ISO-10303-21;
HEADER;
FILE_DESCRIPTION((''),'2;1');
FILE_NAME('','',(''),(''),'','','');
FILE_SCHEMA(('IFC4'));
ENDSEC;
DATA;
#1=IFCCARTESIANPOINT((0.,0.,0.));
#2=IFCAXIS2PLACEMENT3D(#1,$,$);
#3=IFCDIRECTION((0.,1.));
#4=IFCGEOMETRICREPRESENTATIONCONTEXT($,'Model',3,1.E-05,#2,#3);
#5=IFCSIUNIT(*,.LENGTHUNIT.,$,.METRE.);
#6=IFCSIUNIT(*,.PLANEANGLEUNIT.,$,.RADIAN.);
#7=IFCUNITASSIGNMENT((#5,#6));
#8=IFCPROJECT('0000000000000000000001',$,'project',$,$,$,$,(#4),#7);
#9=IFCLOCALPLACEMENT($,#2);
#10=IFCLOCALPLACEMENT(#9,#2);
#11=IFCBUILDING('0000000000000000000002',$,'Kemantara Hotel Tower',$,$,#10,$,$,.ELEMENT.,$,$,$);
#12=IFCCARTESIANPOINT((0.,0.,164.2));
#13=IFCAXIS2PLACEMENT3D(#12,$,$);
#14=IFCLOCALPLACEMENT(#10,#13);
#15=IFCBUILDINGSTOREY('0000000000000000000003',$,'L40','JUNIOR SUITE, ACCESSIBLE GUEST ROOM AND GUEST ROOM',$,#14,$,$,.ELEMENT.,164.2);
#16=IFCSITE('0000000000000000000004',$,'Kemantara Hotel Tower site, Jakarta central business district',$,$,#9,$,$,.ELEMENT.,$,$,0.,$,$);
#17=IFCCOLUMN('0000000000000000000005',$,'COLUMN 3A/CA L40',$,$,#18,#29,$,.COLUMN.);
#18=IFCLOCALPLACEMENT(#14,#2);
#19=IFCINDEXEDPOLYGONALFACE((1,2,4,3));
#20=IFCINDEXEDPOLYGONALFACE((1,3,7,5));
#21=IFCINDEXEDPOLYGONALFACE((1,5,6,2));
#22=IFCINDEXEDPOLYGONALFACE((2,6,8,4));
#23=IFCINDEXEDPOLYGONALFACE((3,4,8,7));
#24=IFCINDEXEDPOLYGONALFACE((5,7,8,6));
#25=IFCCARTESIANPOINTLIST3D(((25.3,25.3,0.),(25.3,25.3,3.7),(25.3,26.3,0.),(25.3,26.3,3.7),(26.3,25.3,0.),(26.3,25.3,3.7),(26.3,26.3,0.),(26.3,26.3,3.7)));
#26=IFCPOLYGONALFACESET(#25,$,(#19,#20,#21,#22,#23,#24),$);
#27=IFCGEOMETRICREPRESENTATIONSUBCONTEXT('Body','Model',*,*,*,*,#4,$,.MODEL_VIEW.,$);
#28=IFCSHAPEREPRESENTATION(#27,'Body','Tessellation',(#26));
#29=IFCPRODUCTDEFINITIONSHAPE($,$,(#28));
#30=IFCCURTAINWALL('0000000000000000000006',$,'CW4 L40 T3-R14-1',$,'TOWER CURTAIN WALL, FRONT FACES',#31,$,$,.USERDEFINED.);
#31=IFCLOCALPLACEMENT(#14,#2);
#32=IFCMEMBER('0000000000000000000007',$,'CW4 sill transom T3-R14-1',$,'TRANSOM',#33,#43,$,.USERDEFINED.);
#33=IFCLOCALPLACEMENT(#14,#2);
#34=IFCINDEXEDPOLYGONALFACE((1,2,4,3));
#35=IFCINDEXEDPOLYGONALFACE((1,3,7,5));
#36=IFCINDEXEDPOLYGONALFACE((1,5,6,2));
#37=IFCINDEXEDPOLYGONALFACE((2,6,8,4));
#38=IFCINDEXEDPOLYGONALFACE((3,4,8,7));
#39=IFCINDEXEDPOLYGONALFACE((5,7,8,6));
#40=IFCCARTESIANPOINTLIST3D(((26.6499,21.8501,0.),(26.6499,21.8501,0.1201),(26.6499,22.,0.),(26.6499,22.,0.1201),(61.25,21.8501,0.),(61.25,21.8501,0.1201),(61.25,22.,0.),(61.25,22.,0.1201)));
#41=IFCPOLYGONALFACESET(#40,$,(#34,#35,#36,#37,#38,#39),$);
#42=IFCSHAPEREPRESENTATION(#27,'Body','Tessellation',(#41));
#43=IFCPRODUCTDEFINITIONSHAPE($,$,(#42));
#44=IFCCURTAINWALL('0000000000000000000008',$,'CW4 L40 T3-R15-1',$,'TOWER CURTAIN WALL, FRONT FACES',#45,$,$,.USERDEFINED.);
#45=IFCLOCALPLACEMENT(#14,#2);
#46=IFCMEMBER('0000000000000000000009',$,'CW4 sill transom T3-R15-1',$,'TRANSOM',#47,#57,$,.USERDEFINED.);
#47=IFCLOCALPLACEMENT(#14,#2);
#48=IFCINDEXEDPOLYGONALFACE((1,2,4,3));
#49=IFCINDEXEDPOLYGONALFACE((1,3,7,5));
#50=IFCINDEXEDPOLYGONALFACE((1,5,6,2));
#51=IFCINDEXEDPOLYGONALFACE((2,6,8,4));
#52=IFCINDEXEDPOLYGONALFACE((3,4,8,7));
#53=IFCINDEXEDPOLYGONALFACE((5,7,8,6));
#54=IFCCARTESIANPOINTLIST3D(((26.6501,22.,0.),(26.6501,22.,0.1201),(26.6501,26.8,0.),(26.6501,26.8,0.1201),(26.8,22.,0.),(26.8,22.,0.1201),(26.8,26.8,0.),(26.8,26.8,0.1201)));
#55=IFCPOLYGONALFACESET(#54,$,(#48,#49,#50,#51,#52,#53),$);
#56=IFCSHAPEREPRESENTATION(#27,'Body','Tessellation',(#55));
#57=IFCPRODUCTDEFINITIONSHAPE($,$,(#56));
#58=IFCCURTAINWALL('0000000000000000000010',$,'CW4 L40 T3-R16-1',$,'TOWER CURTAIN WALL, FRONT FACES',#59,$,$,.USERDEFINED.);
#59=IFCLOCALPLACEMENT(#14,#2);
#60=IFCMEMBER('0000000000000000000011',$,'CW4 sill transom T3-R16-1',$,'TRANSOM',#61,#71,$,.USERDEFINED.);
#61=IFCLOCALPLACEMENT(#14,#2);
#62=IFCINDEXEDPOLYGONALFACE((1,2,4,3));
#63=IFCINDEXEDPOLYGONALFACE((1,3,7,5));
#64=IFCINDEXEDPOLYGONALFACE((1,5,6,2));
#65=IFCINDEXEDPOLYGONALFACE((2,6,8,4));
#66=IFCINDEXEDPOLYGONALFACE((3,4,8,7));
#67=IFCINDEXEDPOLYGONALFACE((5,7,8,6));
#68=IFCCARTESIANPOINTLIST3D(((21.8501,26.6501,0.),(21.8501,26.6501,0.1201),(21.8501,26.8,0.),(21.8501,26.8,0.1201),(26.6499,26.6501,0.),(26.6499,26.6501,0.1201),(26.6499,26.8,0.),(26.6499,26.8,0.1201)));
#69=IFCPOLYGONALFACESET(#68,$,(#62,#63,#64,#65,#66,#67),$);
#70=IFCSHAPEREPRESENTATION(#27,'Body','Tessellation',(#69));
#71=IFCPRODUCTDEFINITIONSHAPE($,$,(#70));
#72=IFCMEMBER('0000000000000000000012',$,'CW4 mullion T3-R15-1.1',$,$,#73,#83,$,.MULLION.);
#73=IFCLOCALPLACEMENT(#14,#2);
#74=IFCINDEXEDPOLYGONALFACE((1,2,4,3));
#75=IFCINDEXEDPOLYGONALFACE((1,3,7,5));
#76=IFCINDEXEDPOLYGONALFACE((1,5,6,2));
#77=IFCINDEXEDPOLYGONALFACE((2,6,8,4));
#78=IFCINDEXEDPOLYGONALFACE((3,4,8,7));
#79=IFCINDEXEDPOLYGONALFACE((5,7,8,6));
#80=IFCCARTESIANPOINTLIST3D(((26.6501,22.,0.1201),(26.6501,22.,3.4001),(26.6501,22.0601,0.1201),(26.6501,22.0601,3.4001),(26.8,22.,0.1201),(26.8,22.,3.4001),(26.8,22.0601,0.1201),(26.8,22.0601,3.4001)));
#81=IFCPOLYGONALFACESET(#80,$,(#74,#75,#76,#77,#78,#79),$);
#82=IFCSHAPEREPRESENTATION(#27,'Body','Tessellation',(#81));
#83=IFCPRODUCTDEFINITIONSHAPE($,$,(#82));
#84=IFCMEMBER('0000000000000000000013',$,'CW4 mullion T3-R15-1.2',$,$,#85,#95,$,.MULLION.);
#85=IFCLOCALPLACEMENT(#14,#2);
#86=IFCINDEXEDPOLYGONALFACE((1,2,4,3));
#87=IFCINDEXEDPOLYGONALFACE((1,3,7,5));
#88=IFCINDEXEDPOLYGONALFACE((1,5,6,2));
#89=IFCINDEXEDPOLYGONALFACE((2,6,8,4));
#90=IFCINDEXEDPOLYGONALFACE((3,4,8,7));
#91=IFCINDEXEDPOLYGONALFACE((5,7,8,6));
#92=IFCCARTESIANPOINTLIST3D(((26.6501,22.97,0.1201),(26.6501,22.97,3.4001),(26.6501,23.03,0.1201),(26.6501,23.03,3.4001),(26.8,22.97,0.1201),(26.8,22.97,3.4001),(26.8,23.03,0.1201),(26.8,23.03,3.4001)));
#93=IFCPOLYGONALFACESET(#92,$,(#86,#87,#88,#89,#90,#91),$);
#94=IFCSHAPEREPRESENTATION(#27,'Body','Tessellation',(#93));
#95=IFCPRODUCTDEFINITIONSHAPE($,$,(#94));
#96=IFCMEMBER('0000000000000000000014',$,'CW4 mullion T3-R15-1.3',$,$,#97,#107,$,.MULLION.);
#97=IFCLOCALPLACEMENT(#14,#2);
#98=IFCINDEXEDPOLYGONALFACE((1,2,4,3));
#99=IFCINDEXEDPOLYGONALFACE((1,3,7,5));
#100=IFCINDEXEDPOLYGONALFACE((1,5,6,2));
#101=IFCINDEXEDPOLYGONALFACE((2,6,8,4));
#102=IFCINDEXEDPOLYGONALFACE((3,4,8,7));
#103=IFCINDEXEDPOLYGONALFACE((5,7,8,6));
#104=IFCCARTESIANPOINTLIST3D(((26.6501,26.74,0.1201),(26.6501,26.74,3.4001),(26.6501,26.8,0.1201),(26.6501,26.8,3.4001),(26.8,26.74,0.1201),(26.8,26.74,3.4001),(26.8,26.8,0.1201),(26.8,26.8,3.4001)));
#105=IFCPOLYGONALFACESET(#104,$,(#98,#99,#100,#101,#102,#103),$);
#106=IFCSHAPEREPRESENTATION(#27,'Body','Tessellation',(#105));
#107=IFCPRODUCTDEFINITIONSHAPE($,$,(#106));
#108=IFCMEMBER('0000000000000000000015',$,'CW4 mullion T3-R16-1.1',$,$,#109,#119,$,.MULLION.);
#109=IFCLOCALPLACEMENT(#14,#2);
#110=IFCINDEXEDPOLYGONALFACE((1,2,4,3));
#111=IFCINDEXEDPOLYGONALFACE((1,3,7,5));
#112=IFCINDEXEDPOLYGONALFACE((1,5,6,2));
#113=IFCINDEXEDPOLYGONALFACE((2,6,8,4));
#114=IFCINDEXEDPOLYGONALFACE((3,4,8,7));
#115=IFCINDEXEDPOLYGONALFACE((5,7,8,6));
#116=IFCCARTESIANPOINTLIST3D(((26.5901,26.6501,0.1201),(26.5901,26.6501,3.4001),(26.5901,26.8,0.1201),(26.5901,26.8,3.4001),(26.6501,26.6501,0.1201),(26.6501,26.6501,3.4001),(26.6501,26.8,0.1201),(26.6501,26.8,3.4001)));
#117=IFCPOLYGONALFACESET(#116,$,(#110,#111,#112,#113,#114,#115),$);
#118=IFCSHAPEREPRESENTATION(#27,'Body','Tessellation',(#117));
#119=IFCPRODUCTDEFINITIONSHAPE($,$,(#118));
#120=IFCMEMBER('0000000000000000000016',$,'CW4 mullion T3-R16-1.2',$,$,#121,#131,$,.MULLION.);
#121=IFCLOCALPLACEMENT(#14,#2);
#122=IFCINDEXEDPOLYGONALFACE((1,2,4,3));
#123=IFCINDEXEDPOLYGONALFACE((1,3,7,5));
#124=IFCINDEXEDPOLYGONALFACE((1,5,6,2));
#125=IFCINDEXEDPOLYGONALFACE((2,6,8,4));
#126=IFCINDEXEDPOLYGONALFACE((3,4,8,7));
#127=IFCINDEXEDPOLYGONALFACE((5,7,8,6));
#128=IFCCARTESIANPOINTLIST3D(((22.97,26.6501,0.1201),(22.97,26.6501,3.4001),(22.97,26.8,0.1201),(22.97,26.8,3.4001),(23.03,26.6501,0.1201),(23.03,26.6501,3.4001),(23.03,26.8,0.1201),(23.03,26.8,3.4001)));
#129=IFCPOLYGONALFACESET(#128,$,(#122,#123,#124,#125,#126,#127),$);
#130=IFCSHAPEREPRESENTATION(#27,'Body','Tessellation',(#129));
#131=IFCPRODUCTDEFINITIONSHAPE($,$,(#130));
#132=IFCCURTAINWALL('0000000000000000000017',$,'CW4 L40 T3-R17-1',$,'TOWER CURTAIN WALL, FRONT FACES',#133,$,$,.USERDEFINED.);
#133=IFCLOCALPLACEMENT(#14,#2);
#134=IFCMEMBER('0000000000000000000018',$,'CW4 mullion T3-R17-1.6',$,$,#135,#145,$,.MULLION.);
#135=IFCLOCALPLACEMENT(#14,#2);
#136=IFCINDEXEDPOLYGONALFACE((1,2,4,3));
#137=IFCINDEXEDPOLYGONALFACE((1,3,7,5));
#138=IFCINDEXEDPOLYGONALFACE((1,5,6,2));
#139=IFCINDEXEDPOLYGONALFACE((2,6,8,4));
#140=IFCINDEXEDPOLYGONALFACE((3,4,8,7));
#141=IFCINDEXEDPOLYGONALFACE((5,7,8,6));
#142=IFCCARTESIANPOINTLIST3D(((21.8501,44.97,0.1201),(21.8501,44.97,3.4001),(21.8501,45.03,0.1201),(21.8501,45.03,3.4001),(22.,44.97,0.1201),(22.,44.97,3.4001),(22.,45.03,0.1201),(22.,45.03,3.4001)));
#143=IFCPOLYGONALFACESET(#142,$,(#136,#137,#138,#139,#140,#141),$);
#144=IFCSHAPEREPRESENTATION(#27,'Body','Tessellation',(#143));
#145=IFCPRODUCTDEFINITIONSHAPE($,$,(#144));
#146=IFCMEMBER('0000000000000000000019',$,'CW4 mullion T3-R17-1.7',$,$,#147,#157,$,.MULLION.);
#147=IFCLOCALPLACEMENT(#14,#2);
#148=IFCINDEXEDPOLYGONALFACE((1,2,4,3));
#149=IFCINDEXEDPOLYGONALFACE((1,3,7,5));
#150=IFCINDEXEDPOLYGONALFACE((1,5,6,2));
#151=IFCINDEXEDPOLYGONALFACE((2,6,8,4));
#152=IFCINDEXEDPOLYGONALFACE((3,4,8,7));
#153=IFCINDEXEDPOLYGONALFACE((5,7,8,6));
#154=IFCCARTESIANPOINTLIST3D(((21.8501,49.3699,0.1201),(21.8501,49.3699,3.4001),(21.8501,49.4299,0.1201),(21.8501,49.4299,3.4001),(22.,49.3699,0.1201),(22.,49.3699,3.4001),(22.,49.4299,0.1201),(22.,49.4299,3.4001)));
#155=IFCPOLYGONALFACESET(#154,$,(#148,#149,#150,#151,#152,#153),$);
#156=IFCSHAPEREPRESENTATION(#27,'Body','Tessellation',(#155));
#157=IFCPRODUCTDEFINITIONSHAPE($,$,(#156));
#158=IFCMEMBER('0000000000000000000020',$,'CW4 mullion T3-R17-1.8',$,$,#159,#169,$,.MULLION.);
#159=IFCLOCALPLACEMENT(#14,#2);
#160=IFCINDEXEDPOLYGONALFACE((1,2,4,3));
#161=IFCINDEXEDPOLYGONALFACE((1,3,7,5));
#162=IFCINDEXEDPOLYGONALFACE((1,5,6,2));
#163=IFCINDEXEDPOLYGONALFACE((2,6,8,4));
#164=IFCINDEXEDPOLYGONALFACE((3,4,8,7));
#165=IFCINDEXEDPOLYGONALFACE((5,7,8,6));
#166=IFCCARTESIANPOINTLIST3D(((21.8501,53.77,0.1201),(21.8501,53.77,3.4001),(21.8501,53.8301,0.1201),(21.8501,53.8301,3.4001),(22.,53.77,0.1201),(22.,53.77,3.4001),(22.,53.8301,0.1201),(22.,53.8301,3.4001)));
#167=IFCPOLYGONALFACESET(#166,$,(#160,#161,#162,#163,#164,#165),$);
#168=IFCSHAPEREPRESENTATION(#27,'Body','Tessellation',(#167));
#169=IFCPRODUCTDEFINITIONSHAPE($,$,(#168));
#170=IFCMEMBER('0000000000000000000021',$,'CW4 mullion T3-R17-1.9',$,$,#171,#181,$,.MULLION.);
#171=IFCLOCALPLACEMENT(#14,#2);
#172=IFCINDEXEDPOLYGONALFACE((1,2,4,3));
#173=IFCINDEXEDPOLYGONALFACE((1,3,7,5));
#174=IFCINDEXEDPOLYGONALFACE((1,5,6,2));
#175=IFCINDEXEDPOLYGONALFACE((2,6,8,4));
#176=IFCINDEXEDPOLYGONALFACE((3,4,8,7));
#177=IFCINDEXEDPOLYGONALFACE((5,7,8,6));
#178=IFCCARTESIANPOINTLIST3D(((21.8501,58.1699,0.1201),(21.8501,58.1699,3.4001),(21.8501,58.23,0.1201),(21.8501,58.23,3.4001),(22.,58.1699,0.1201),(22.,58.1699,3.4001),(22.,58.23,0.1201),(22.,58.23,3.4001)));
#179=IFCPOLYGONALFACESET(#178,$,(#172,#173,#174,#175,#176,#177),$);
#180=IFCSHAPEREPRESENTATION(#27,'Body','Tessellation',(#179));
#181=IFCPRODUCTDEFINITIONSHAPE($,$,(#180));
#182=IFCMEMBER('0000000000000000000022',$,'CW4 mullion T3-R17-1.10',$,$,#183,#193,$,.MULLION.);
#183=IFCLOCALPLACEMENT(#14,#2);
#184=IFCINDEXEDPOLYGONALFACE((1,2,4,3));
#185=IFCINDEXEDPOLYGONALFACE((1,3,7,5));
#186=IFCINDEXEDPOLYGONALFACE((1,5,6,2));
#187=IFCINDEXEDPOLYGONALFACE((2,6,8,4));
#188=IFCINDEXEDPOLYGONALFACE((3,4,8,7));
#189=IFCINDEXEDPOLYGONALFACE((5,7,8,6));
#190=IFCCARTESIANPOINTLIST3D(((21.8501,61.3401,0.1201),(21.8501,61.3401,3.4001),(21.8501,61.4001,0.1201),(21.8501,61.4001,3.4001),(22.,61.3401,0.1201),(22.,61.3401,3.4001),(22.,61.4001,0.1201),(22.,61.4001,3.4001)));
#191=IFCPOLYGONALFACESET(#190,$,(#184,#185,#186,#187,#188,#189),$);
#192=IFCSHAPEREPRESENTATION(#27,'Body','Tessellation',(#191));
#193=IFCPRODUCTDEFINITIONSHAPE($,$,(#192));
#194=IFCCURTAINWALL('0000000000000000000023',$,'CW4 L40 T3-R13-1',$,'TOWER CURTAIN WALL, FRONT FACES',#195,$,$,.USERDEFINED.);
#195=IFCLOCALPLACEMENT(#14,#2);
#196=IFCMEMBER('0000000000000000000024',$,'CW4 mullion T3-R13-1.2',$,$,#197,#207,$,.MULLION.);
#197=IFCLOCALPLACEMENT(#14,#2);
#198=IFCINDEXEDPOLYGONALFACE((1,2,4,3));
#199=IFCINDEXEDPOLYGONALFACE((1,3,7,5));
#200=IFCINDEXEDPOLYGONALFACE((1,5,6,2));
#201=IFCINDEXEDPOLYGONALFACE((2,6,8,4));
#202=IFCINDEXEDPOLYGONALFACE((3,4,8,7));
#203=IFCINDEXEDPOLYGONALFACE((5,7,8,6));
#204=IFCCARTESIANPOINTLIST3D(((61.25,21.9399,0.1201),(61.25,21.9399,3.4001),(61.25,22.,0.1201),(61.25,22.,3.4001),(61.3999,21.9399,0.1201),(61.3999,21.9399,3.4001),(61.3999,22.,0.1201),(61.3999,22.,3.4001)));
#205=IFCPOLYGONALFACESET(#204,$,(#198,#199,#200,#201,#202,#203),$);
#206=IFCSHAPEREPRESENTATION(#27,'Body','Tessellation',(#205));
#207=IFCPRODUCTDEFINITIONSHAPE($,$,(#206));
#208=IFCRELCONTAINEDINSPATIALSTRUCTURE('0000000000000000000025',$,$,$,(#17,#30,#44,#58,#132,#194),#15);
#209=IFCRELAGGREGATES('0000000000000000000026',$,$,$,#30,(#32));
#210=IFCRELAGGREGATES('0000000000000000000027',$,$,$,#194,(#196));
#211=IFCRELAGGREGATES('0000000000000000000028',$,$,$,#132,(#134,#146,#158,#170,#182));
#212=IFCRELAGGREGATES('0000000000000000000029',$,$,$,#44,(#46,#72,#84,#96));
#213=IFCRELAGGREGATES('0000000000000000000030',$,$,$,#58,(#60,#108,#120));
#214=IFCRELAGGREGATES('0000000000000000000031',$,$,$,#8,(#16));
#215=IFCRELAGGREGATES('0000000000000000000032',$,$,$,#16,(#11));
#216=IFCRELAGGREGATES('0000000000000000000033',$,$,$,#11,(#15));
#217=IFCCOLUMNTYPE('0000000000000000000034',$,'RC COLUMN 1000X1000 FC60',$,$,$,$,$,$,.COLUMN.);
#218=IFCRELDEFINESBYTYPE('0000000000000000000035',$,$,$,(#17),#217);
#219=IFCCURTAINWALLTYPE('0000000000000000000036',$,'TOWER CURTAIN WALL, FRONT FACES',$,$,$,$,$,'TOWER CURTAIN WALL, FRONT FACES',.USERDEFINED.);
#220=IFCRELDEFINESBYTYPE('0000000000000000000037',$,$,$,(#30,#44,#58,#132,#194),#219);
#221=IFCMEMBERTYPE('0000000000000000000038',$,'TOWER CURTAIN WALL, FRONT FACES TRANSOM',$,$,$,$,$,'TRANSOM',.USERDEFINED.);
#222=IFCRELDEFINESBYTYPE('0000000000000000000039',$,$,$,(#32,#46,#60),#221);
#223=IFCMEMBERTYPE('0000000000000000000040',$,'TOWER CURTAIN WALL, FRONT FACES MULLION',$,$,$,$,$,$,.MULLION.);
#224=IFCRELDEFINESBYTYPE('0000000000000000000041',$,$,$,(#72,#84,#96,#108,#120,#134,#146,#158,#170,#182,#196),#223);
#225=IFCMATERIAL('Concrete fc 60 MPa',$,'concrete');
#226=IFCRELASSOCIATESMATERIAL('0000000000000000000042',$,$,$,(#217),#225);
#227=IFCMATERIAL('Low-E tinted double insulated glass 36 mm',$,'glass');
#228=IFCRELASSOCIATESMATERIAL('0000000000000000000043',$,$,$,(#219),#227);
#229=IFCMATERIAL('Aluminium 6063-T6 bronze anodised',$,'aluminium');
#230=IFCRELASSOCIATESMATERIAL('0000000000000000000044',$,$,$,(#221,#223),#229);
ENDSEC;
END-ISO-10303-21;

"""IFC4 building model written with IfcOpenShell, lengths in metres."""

from ifc_helpers import new_model, si_unit, direction, frame, origin, origin_2d, place, context, subcontext, project, spatial, rectangle, extrude, source, transform, mapped, material, material_profile, profile_set, type_object, element, aggregate, save


model = new_model("IFC4")

# Units and contexts
model_context = context("Model", 3, precision=1e-05, world=origin(), true_north=direction((0.0, 1.0)))
body_context = subcontext(model_context, "Body", "Model", "MODEL_VIEW")
ifc_project = project(units=[si_unit("LENGTHUNIT", "METRE"), si_unit("PLANEANGLEUNIT", "RADIAN")], contexts=[model_context])

# Site, building, storey
site_placement = place(None, origin())
site = spatial("IfcSite", under=ifc_project, at=site_placement, Name="Kemantara Hotel Tower site, Jakarta central business district", CompositionType="ELEMENT", RefElevation=0.0)
building_placement = place(site_placement, origin())
building = spatial("IfcBuilding", under=site, at=building_placement, Name="Kemantara Hotel Tower", CompositionType="ELEMENT")
storey_placement = place(building_placement, frame((0.0, 0.0, 164.2)))
storey = spatial("IfcBuildingStorey", under=building, at=storey_placement, Name="L40", Description="JUNIOR SUITE, ACCESSIBLE GUEST ROOM AND GUEST ROOM", CompositionType="ELEMENT", Elevation=164.2)

# Column
ifc_material_1 = material(Name="Concrete fc 60 MPa", Category="concrete")
ifc_material_profile_1 = material_profile(ifc_material_1, rectangle(XDim=1.0, YDim=1.0, at=origin_2d()), Name="RC 1000X1000")
ifc_profile_set_1 = profile_set([ifc_material_profile_1], Name="Concrete fc 60 MPa")
column_type = type_object("IfcColumnType", Name="RC COLUMN 1000X1000 FC60", PredefinedType="COLUMN", material=ifc_profile_set_1)
column_placement = place(storey_placement, frame((25.8, 25.8, 0.0), z_axis=(0.0, 0.0, 1.0), x_axis=(1.0, 0.0, 0.0)))
element("IfcColumn", 1, at=column_placement, inside=storey, type_object=column_type, Name="COLUMN 3A/CA L40", PredefinedType="COLUMN", context=body_context, shape_type="SweptSolid", body=[
    extrude(rectangle(XDim=1.0, YDim=1.0, at=origin_2d()), origin(), (0.0, 0.0, 1.0), 3.7),
])

# Curtain walls, members
ifc_material_2 = material(Name="Low-E tinted double insulated glass 36 mm", Category="glass")
curtain_wall_type = type_object("IfcCurtainWallType", Name="TOWER CURTAIN WALL, FRONT FACES", ElementType="TOWER CURTAIN WALL, FRONT FACES", PredefinedType="USERDEFINED", material=ifc_material_2)
curtain_wall_1_placement = place(storey_placement, origin())
curtain_wall_1 = element("IfcCurtainWall", 2, at=curtain_wall_1_placement, inside=storey, type_object=curtain_wall_type, Name="CW4 L40 T3-R14-1", ObjectType="TOWER CURTAIN WALL, FRONT FACES", PredefinedType="USERDEFINED")
ifc_material_3 = material(Name="Aluminium 6063-T6 bronze anodised", Category="aluminium")
ifc_material_profile_2 = material_profile(ifc_material_3, rectangle(XDim=0.1499, YDim=0.1201, at=origin_2d()), Name="TOWER CURTAIN WALL, FRONT FACES TRANSOM")
ifc_profile_set_2 = profile_set([ifc_material_profile_2], Name="Aluminium 6063-T6 bronze anodised")
member_type_1 = type_object("IfcMemberType", Name="TOWER CURTAIN WALL, FRONT FACES TRANSOM", ElementType="TRANSOM", PredefinedType="USERDEFINED", material=ifc_profile_set_2)
member_1_placement = place(storey_placement, frame((61.25, 21.925, 0.0601), z_axis=(-1.0, 0.0, 0.0), x_axis=(0.0, -1.0, 0.0)))
member_1 = element("IfcMember", 3, at=member_1_placement, type_object=member_type_1, Name="CW4 sill transom T3-R14-1", ObjectType="TRANSOM", PredefinedType="USERDEFINED", context=body_context, shape_type="SweptSolid", body=[
    extrude(rectangle(XDim=0.1499, YDim=0.1201, at=origin_2d()), origin(), (0.0, 0.0, 1.0), 34.6001),
])
aggregate(curtain_wall_1, [member_1])
curtain_wall_2_placement = place(storey_placement, origin())
curtain_wall_2 = element("IfcCurtainWall", 4, at=curtain_wall_2_placement, inside=storey, type_object=curtain_wall_type, Name="CW4 L40 T3-R15-1", ObjectType="TOWER CURTAIN WALL, FRONT FACES", PredefinedType="USERDEFINED")
member_2_placement = place(storey_placement, frame((26.7251, 22.0, 0.0601), z_axis=(0.0, 1.0, 0.0), x_axis=(-1.0, 0.0, 0.0)))
member_2 = element("IfcMember", 5, at=member_2_placement, type_object=member_type_1, Name="CW4 sill transom T3-R15-1", ObjectType="TRANSOM", PredefinedType="USERDEFINED", context=body_context, shape_type="SweptSolid", body=[
    extrude(rectangle(XDim=0.1499, YDim=0.1201, at=origin_2d()), origin(), (0.0, 0.0, 1.0), 4.8),
])
curtain_wall_3_placement = place(storey_placement, origin())
curtain_wall_3 = element("IfcCurtainWall", 6, at=curtain_wall_3_placement, inside=storey, type_object=curtain_wall_type, Name="CW4 L40 T3-R16-1", ObjectType="TOWER CURTAIN WALL, FRONT FACES", PredefinedType="USERDEFINED")
member_3_placement = place(storey_placement, frame((26.6499, 26.7251, 0.0601), z_axis=(-1.0, 0.0, 0.0), x_axis=(0.0, -1.0, 0.0)))
member_3 = element("IfcMember", 7, at=member_3_placement, type_object=member_type_1, Name="CW4 sill transom T3-R16-1", ObjectType="TRANSOM", PredefinedType="USERDEFINED", context=body_context, shape_type="SweptSolid", body=[
    extrude(rectangle(XDim=0.1499, YDim=0.1201, at=origin_2d()), origin(), (0.0, 0.0, 1.0), 4.7998),
])

# Members
ifc_material_profile_3 = material_profile(ifc_material_3, rectangle(XDim=0.1499, YDim=0.0601, at=origin_2d()), Name="TOWER CURTAIN WALL, FRONT FACES MULLION")
ifc_profile_set_3 = profile_set([ifc_material_profile_3], Name="Aluminium 6063-T6 bronze anodised")
member_type_2 = type_object("IfcMemberType", Name="TOWER CURTAIN WALL, FRONT FACES MULLION", PredefinedType="MULLION", material=ifc_profile_set_3)
shared_shape_1 = source(origin(), body_context, "Body", "SweptSolid", [
    extrude(rectangle(XDim=0.1499, YDim=0.0601, at=origin_2d()), origin(), (0.0, 0.0, 1.0), 3.28),
])
member_4_placement = place(storey_placement, frame((26.7251, 22.03, 0.1201), z_axis=(0.0, 0.0, 1.0), x_axis=(-1.0, 0.0, 0.0)))
member_4 = element("IfcMember", 8, at=member_4_placement, type_object=member_type_2, Name="CW4 mullion T3-R15-1.1", PredefinedType="MULLION", context=body_context, shape_type="MappedRepresentation", body=[
    mapped(shared_shape_1, transform((0.0, 0.0, 0.0))),
])
member_5_placement = place(storey_placement, frame((26.7251, 23.0, 0.1201), z_axis=(0.0, 0.0, 1.0), x_axis=(-1.0, 0.0, 0.0)))
member_5 = element("IfcMember", 9, at=member_5_placement, type_object=member_type_2, Name="CW4 mullion T3-R15-1.2", PredefinedType="MULLION", context=body_context, shape_type="MappedRepresentation", body=[
    mapped(shared_shape_1, transform((0.0, 0.0, 0.0))),
])
member_6_placement = place(storey_placement, frame((26.7251, 26.77, 0.1201), z_axis=(0.0, 0.0, 1.0), x_axis=(-1.0, 0.0, 0.0)))
member_6 = element("IfcMember", 10, at=member_6_placement, type_object=member_type_2, Name="CW4 mullion T3-R15-1.3", PredefinedType="MULLION", context=body_context, shape_type="MappedRepresentation", body=[
    mapped(shared_shape_1, transform((0.0, 0.0, 0.0))),
])
member_7_placement = place(storey_placement, frame((26.6201, 26.7251, 0.1201), z_axis=(0.0, 0.0, 1.0), x_axis=(0.0, -1.0, 0.0)))
member_7 = element("IfcMember", 11, at=member_7_placement, type_object=member_type_2, Name="CW4 mullion T3-R16-1.1", PredefinedType="MULLION", context=body_context, shape_type="MappedRepresentation", body=[
    mapped(shared_shape_1, transform((0.0, 0.0, 0.0))),
])
member_8_placement = place(storey_placement, frame((23.0, 26.7251, 0.1201), z_axis=(0.0, 0.0, 1.0), x_axis=(0.0, -1.0, 0.0)))
member_8 = element("IfcMember", 12, at=member_8_placement, type_object=member_type_2, Name="CW4 mullion T3-R16-1.2", PredefinedType="MULLION", context=body_context, shape_type="MappedRepresentation", body=[
    mapped(shared_shape_1, transform((0.0, 0.0, 0.0))),
])

# Curtain wall, members
curtain_wall_4_placement = place(storey_placement, origin())
curtain_wall_4 = element("IfcCurtainWall", 13, at=curtain_wall_4_placement, inside=storey, type_object=curtain_wall_type, Name="CW4 L40 T3-R17-1", ObjectType="TOWER CURTAIN WALL, FRONT FACES", PredefinedType="USERDEFINED")
member_9_placement = place(storey_placement, frame((21.925, 45.0, 0.1201), z_axis=(0.0, 0.0, 1.0), x_axis=(-1.0, 0.0, 0.0)))
member_9 = element("IfcMember", 14, at=member_9_placement, type_object=member_type_2, Name="CW4 mullion T3-R17-1.6", PredefinedType="MULLION", context=body_context, shape_type="MappedRepresentation", body=[
    mapped(shared_shape_1, transform((0.0, 0.0, 0.0))),
])
member_10_placement = place(storey_placement, frame((21.925, 49.3999, 0.1201), z_axis=(0.0, 0.0, 1.0), x_axis=(-1.0, 0.0, 0.0)))
member_10 = element("IfcMember", 15, at=member_10_placement, type_object=member_type_2, Name="CW4 mullion T3-R17-1.7", PredefinedType="MULLION", context=body_context, shape_type="MappedRepresentation", body=[
    mapped(shared_shape_1, transform((0.0, 0.0, 0.0))),
])
member_11_placement = place(storey_placement, frame((21.925, 53.8, 0.1201), z_axis=(0.0, 0.0, 1.0), x_axis=(-1.0, 0.0, 0.0)))
member_11 = element("IfcMember", 16, at=member_11_placement, type_object=member_type_2, Name="CW4 mullion T3-R17-1.8", PredefinedType="MULLION", context=body_context, shape_type="MappedRepresentation", body=[
    mapped(shared_shape_1, transform((0.0, 0.0, 0.0))),
])
member_12_placement = place(storey_placement, frame((21.925, 58.2, 0.1201), z_axis=(0.0, 0.0, 1.0), x_axis=(-1.0, 0.0, 0.0)))
member_12 = element("IfcMember", 17, at=member_12_placement, type_object=member_type_2, Name="CW4 mullion T3-R17-1.9", PredefinedType="MULLION", context=body_context, shape_type="MappedRepresentation", body=[
    mapped(shared_shape_1, transform((0.0, 0.0, 0.0))),
])
member_13_placement = place(storey_placement, frame((21.925, 61.3701, 0.1201), z_axis=(0.0, 0.0, 1.0), x_axis=(-1.0, 0.0, 0.0)))
member_13 = element("IfcMember", 18, at=member_13_placement, type_object=member_type_2, Name="CW4 mullion T3-R17-1.10", PredefinedType="MULLION", context=body_context, shape_type="MappedRepresentation", body=[
    mapped(shared_shape_1, transform((0.0, 0.0, 0.0))),
])

# Curtain wall, member
curtain_wall_5_placement = place(storey_placement, origin())
curtain_wall_5 = element("IfcCurtainWall", 19, at=curtain_wall_5_placement, inside=storey, type_object=curtain_wall_type, Name="CW4 L40 T3-R13-1", ObjectType="TOWER CURTAIN WALL, FRONT FACES", PredefinedType="USERDEFINED")
member_14_placement = place(storey_placement, frame((61.325, 21.97, 0.1201), z_axis=(0.0, 0.0, 1.0), x_axis=(-1.0, 0.0, 0.0)))
member_14 = element("IfcMember", 20, at=member_14_placement, type_object=member_type_2, Name="CW4 mullion T3-R13-1.2", PredefinedType="MULLION", context=body_context, shape_type="MappedRepresentation", body=[
    mapped(shared_shape_1, transform((0.0, 0.0, 0.0))),
])
aggregate(curtain_wall_5, [member_14])

aggregate(curtain_wall_4, [member_9, member_10, member_11, member_12, member_13])
aggregate(curtain_wall_2, [member_2, member_4, member_5, member_6])
aggregate(curtain_wall_3, [member_3, member_7, member_8])

save(model, "model.ifc")
